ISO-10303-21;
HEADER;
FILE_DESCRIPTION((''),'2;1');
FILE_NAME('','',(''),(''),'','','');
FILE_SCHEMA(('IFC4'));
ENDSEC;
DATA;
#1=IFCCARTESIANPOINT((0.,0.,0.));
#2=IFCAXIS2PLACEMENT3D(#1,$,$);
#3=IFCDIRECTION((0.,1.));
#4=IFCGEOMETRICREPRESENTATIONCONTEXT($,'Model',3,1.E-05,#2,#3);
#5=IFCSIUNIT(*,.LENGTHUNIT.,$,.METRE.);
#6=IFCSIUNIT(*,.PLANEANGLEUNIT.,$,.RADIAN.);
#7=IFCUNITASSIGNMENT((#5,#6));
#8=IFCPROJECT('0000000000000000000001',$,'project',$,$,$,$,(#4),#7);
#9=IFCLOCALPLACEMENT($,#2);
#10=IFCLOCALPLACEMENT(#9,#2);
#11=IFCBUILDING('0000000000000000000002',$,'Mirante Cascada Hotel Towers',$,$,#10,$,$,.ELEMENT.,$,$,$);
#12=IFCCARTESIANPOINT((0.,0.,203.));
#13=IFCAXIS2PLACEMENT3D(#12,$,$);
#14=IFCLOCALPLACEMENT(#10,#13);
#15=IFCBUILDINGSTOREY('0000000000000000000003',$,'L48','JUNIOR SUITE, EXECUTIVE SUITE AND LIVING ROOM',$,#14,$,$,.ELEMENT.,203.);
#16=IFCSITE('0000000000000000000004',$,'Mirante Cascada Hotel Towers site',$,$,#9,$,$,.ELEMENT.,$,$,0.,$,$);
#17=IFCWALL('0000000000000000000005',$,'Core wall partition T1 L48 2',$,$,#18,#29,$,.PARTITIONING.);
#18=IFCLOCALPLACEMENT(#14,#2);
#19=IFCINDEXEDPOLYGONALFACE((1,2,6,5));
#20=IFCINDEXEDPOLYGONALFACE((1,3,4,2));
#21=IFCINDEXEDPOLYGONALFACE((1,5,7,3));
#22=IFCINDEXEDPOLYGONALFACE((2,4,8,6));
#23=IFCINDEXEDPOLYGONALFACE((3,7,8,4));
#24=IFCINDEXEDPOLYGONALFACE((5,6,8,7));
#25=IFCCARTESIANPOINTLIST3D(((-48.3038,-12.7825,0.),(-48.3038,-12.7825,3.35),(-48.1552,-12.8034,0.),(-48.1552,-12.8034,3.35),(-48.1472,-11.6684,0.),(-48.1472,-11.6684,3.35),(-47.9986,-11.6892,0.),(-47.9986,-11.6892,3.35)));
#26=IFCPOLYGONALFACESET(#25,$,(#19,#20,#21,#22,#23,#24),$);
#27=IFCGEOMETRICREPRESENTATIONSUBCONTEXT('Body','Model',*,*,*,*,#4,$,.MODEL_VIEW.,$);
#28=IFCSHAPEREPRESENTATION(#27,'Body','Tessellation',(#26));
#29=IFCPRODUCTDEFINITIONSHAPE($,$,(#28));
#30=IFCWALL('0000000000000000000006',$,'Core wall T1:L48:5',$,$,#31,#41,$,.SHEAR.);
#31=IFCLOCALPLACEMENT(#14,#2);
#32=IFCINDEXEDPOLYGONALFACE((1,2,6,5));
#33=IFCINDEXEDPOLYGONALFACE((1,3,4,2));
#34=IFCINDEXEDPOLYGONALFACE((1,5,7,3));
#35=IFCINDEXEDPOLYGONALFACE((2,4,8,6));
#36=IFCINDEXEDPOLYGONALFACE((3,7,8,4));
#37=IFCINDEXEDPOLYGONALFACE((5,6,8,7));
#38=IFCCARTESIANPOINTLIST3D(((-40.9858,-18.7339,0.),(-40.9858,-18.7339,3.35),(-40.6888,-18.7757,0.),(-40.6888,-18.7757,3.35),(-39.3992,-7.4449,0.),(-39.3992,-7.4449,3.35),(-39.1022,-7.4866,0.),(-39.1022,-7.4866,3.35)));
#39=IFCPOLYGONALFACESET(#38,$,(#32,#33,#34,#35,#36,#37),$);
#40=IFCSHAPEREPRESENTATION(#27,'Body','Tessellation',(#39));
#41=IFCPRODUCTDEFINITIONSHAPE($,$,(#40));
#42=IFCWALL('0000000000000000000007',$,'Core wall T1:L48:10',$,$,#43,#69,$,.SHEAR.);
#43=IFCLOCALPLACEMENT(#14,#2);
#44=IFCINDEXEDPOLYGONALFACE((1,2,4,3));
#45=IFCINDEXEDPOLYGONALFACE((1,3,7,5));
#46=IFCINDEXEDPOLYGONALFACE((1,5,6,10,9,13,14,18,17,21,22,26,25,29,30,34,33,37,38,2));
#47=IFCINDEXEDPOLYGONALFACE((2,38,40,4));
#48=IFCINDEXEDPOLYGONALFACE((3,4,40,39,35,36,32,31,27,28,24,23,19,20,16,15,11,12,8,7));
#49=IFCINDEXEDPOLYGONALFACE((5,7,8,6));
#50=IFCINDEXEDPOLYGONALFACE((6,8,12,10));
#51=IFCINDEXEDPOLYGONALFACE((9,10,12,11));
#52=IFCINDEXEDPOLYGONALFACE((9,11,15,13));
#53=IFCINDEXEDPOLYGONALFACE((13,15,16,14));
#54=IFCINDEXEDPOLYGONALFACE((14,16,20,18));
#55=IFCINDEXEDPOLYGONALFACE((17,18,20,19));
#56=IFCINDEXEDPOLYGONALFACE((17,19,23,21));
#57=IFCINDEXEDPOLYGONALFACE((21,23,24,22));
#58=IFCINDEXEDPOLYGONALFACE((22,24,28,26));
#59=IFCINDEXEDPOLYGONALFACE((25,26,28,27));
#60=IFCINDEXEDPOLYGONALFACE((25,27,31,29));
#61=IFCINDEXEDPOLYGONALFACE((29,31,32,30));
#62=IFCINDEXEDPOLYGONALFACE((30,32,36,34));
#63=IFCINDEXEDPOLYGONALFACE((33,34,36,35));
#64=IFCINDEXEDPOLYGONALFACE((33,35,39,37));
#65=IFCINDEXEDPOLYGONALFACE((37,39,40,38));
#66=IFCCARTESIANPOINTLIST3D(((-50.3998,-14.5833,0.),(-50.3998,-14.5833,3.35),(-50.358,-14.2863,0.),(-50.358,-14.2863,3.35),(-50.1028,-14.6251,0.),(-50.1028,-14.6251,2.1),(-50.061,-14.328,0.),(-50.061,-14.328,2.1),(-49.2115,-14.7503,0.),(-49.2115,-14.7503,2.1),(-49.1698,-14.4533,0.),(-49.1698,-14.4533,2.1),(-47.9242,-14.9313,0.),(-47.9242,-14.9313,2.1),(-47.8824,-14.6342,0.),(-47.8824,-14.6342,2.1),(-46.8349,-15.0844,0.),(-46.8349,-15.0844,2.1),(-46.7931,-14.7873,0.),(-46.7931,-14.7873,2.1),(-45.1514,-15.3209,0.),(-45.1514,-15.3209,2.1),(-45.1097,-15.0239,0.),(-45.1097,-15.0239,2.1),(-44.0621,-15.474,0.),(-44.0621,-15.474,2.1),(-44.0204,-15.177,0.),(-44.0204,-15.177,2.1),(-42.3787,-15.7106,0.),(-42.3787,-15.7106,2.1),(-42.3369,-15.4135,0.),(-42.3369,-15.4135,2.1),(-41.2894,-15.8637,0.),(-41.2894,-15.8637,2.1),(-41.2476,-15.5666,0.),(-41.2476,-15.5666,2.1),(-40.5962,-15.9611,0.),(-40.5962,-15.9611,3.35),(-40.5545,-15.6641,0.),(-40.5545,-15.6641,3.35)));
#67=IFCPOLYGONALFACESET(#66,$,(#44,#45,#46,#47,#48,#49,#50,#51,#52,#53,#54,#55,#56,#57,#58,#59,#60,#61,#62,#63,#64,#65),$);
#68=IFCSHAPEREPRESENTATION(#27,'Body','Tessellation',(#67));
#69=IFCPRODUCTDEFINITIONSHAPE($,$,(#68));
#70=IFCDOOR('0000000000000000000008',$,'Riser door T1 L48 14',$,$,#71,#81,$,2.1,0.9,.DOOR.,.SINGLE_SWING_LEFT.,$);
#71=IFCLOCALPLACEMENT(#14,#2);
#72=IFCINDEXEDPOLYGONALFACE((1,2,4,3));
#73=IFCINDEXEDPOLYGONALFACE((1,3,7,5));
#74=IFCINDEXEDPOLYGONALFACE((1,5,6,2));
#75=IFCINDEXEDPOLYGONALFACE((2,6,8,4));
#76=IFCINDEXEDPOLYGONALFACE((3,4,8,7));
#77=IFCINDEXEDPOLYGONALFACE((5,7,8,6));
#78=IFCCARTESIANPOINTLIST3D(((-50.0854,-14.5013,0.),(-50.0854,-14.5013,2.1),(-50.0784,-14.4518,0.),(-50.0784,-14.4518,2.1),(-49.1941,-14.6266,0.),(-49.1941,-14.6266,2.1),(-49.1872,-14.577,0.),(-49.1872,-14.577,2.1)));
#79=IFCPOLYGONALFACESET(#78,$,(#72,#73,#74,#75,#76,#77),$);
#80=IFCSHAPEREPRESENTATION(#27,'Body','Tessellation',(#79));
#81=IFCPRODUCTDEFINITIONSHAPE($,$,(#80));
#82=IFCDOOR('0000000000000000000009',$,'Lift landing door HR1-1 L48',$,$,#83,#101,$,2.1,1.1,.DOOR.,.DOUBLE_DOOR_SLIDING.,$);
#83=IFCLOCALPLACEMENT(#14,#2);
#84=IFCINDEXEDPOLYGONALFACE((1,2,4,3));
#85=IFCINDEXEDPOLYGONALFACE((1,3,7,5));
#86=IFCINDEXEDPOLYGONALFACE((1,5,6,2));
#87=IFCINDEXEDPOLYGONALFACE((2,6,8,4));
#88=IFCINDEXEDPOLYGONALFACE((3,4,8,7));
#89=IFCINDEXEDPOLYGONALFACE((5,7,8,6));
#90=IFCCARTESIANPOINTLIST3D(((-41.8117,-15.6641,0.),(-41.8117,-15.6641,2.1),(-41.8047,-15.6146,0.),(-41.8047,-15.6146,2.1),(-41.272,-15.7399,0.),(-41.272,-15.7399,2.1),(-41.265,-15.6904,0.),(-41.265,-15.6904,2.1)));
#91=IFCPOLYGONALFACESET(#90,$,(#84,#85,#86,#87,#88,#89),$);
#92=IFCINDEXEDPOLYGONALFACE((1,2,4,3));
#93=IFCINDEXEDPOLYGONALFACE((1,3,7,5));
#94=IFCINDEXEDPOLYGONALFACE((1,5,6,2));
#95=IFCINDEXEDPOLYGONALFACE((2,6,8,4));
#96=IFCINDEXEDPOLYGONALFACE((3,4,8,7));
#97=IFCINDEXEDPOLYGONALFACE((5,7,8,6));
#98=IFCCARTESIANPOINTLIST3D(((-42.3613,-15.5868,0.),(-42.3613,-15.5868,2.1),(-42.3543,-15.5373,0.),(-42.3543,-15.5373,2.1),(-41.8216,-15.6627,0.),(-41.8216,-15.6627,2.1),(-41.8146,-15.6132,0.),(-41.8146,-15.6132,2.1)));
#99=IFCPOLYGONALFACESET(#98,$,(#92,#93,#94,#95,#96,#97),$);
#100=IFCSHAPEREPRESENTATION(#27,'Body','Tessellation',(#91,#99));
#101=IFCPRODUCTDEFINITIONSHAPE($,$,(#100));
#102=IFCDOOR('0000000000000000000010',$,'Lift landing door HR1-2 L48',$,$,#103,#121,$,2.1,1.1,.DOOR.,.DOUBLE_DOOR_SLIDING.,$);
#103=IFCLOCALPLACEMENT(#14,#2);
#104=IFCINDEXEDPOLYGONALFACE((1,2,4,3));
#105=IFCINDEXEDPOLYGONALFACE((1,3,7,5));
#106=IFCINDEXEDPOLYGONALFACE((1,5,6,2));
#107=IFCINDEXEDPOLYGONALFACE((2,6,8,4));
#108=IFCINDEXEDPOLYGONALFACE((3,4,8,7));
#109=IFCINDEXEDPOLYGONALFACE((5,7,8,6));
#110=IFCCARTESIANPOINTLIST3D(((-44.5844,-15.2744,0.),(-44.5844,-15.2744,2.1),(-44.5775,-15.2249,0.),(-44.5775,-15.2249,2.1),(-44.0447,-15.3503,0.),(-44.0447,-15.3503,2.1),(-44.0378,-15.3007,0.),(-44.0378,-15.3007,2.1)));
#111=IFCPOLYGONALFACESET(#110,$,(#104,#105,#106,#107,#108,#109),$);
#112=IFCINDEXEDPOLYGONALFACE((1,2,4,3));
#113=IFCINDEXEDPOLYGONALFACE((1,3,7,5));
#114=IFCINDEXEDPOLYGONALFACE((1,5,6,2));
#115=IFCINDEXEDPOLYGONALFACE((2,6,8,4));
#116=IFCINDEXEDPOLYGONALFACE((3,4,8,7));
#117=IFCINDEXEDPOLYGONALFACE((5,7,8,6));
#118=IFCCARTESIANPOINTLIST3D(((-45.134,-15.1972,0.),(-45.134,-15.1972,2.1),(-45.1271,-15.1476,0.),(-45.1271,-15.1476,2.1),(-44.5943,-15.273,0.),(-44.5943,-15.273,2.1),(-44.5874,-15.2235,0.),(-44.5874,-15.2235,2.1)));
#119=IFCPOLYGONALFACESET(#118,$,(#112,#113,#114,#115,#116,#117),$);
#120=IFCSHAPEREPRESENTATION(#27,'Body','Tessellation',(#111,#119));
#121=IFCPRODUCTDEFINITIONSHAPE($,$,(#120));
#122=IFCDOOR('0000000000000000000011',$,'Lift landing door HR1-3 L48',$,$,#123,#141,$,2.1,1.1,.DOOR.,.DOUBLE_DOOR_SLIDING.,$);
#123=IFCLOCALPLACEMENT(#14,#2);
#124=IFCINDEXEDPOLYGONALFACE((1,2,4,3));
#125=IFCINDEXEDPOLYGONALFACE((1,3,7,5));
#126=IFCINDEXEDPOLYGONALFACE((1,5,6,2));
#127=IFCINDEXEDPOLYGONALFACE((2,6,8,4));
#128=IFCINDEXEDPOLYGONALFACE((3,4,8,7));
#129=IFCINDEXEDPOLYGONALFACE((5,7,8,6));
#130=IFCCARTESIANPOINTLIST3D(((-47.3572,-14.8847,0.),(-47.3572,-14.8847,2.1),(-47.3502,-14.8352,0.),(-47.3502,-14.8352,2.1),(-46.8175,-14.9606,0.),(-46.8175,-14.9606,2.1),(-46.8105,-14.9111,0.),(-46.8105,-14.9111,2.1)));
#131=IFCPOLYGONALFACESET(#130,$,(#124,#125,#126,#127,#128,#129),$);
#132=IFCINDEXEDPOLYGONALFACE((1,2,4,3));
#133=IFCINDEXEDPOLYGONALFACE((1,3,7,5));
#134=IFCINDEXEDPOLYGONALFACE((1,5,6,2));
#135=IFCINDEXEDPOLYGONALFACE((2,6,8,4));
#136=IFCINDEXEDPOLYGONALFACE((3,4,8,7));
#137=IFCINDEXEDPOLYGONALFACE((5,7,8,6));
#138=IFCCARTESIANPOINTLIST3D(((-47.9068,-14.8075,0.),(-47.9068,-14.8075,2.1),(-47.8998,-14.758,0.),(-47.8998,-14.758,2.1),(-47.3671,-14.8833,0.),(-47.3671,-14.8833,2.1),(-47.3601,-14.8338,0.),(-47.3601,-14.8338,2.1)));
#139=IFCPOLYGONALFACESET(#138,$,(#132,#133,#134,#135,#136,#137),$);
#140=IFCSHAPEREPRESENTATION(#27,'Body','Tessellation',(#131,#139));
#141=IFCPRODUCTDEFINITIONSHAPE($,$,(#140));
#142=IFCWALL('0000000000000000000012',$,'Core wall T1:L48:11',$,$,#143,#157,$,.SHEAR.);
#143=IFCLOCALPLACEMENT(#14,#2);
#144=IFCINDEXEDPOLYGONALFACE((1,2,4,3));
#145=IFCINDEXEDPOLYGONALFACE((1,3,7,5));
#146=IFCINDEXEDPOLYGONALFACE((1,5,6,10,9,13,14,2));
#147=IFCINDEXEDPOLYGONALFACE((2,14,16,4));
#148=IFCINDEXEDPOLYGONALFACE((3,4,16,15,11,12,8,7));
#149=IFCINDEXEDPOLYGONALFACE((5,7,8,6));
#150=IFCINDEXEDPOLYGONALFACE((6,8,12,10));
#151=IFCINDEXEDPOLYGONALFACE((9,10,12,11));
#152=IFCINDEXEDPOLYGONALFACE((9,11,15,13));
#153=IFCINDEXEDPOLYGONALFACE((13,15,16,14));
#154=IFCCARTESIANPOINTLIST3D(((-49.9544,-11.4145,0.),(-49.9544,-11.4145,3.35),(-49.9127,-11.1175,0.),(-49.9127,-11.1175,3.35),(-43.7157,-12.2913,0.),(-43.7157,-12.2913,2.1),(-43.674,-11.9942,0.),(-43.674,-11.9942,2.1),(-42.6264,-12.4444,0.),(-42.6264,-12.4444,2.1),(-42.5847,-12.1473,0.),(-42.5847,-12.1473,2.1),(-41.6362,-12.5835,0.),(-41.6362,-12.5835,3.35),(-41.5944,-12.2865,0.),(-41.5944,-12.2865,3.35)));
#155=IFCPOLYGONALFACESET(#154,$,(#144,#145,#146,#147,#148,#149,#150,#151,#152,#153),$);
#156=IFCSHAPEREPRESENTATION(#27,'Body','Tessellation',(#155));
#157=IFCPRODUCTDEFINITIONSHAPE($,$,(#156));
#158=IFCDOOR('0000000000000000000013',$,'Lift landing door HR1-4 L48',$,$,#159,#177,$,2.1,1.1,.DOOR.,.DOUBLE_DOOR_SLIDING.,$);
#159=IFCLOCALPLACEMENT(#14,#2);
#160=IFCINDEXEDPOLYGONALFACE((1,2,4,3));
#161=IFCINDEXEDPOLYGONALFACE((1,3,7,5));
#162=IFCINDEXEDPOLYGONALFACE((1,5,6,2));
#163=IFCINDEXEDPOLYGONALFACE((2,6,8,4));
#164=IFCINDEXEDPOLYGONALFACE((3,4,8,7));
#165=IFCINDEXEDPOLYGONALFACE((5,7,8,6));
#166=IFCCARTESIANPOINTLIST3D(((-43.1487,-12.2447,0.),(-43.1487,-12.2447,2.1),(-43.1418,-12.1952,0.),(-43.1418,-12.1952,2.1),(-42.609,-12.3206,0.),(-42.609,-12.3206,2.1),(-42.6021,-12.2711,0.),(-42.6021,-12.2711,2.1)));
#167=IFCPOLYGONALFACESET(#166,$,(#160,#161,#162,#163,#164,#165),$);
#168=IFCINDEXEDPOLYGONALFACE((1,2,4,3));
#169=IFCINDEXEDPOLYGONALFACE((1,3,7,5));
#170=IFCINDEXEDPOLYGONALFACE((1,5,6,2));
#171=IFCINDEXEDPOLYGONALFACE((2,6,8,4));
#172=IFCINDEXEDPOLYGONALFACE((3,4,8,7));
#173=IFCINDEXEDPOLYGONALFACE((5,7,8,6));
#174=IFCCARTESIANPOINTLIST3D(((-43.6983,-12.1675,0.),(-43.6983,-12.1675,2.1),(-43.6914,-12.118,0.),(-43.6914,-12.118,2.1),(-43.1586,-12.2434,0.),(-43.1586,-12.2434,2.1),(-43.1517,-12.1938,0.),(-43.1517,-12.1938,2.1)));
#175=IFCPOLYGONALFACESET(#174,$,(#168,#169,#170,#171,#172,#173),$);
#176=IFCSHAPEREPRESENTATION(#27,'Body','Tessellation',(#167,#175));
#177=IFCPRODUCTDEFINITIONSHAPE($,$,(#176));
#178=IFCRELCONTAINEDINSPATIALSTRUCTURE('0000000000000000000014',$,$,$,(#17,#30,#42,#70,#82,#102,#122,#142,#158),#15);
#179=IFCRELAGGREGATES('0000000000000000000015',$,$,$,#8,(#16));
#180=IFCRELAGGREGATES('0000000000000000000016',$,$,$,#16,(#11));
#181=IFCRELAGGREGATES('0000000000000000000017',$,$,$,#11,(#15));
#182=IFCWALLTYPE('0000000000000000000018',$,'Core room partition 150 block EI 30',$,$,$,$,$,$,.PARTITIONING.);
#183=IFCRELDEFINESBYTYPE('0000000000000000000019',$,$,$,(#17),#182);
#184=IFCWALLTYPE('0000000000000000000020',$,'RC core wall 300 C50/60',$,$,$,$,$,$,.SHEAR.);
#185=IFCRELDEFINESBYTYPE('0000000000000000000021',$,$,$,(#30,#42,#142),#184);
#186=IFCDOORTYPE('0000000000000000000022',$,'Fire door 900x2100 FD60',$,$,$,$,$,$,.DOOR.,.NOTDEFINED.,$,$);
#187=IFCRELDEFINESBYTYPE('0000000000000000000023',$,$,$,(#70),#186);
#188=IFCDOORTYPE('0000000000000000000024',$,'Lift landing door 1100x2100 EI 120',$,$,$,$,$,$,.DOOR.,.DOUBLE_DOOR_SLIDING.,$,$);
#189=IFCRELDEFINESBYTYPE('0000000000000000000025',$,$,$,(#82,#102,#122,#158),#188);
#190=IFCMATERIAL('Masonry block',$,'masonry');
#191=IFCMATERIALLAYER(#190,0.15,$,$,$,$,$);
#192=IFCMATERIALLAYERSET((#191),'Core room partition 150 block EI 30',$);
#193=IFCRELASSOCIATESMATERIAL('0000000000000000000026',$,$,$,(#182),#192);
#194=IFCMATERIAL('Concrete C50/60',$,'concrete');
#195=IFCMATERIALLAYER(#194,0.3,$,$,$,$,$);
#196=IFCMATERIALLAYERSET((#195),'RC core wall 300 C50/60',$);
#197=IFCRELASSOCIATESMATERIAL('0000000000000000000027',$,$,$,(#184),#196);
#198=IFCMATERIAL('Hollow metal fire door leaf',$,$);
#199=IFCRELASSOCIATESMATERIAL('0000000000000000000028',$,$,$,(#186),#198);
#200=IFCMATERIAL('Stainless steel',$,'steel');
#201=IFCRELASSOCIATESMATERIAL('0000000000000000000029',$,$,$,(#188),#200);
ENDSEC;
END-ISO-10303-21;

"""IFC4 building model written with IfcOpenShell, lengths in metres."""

from ifc_helpers import new_model, si_unit, direction, frame, frame_2d, origin, place, context, subcontext, project, spatial, rectangle, extrude, material, layer, layer_set, type_object, element, fill, save


model = new_model("IFC4")

# Units and contexts
model_context = context("Model", 3, precision=1e-05, world=origin(), true_north=direction((0.0, 1.0)))
body_context = subcontext(model_context, "Body", "Model", "MODEL_VIEW")
ifc_project = project(units=[si_unit("LENGTHUNIT", "METRE"), si_unit("PLANEANGLEUNIT", "RADIAN")], contexts=[model_context])

# Site, building, storey
site_placement = place(None, origin())
site = spatial("IfcSite", under=ifc_project, at=site_placement, Name="Mirante Cascada Hotel Towers site", CompositionType="ELEMENT", RefElevation=0.0)
building_placement = place(site_placement, origin())
building = spatial("IfcBuilding", under=site, at=building_placement, Name="Mirante Cascada Hotel Towers", CompositionType="ELEMENT")
storey_placement = place(building_placement, frame((0.0, 0.0, 203.0)))
storey = spatial("IfcBuildingStorey", under=building, at=storey_placement, Name="L48", Description="JUNIOR SUITE, EXECUTIVE SUITE AND LIVING ROOM", CompositionType="ELEMENT", Elevation=203.0)

# Walls
ifc_material_1 = material(Name="Masonry block", Category="masonry")
ifc_layer_1 = layer(ifc_material_1, 0.15)
ifc_layer_set_1 = layer_set([ifc_layer_1], Name="Core room partition 150 block EI 30")
wall_type_1 = type_object("IfcWallType", Name="Core room partition 150 block EI 30", PredefinedType="PARTITIONING", material=ifc_layer_set_1)
wall_1_placement = place(storey_placement, frame((-48.2295, -12.793, 0.0), z_axis=(0.0, 0.0, 1.0), x_axis=(0.139193, 0.990265, 0.0)))
element("IfcWall", 1, at=wall_1_placement, inside=storey, type_object=wall_type_1, Name="Core wall partition T1 L48 2", PredefinedType="PARTITIONING", context=body_context, shape_type="SweptSolid", body=[
    extrude(rectangle(XDim=1.1251, YDim=0.15, at=frame_2d((0.5626, 0.0))), origin(), (0.0, 0.0, 1.0), 3.35),
])
ifc_material_2 = material(Name="Concrete C50/60", Category="concrete")
ifc_layer_2 = layer(ifc_material_2, 0.3)
ifc_layer_set_2 = layer_set([ifc_layer_2], Name="RC core wall 300 C50/60")
wall_type_2 = type_object("IfcWallType", Name="RC core wall 300 C50/60", PredefinedType="SHEAR", material=ifc_layer_set_2)
wall_2_placement = place(storey_placement, frame((-40.8373, -18.7548, 0.0), z_axis=(0.0, 0.0, 1.0), x_axis=(0.139175, 0.990268, 0.0)))
element("IfcWall", 2, at=wall_2_placement, inside=storey, type_object=wall_type_2, Name="Core wall T1:L48:5", PredefinedType="SHEAR", context=body_context, shape_type="SweptSolid", body=[
    extrude(rectangle(XDim=11.4, YDim=0.3, at=frame_2d((5.7, 0.0))), origin(), (0.0, 0.0, 1.0), 3.35),
])

# Wall, openings, doors
wall_3_placement = place(storey_placement, frame((-40.5753, -15.8126, 0.0), z_axis=(0.0, 0.0, 1.0), x_axis=(-0.990268, 0.139173, 0.0)))
wall_3 = element("IfcWall", 3, at=wall_3_placement, inside=storey, type_object=wall_type_2, Name="Core wall T1:L48:10", PredefinedType="SHEAR", context=body_context, shape_type="SweptSolid", body=[
    extrude(rectangle(XDim=9.8999, YDim=0.3, at=frame_2d((4.95, 0.0))), origin(), (0.0, 0.0, 1.0), 3.35),
])
opening_1_placement = place(wall_3_placement, frame((0.7, 0.0, 0.0)))
opening_1 = element("IfcOpeningElement", 4, at=opening_1_placement, cuts=wall_3, PredefinedType="OPENING", context=body_context, shape_type="SweptSolid", body=[
    extrude(rectangle(XDim=1.1, YDim=2.1, at=frame_2d((0.55, 1.05))), frame((0.0, 0.15, 0.0), z_axis=(0.0, -1.0, 0.0), x_axis=(1.0, 0.0, 0.0)), (0.0, 0.0, 1.0), 0.3),
])
opening_2_placement = place(wall_3_placement, frame((3.5, 0.0, 0.0)))
opening_2 = element("IfcOpeningElement", 5, at=opening_2_placement, cuts=wall_3, PredefinedType="OPENING", context=body_context, shape_type="SweptSolid", body=[
    extrude(rectangle(XDim=1.1, YDim=2.1, at=frame_2d((0.55, 1.05))), frame((0.0, 0.15, 0.0), z_axis=(0.0, -1.0, 0.0), x_axis=(1.0, 0.0, 0.0)), (0.0, 0.0, 1.0), 0.3),
])
opening_3_placement = place(wall_3_placement, frame((6.3, 0.0, 0.0)))
opening_3 = element("IfcOpeningElement", 6, at=opening_3_placement, cuts=wall_3, PredefinedType="OPENING", context=body_context, shape_type="SweptSolid", body=[
    extrude(rectangle(XDim=1.1, YDim=2.1, at=frame_2d((0.55, 1.05))), frame((0.0, 0.15, 0.0), z_axis=(0.0, -1.0, 0.0), x_axis=(1.0, 0.0, 0.0)), (0.0, 0.0, 1.0), 0.3),
])
opening_4_placement = place(wall_3_placement, frame((8.7, 0.0, 0.0)))
opening_4 = element("IfcOpeningElement", 7, at=opening_4_placement, cuts=wall_3, PredefinedType="OPENING", context=body_context, shape_type="SweptSolid", body=[
    extrude(rectangle(XDim=0.9, YDim=2.1, at=frame_2d((0.45, 1.05))), frame((0.0, 0.15, 0.0), z_axis=(0.0, -1.0, 0.0), x_axis=(1.0, 0.0, 0.0)), (0.0, 0.0, 1.0), 0.3),
])
ifc_material_3 = material(Name="Hollow metal fire door leaf")
door_type_1 = type_object("IfcDoorType", Name="Fire door 900x2100 FD60", OperationType="NOTDEFINED", PredefinedType="DOOR", material=ifc_material_3)
door_1_placement = place(opening_4_placement, origin())
door_1 = element("IfcDoor", 8, at=door_1_placement, inside=storey, type_object=door_type_1, Name="Riser door T1 L48 14", OperationType="SINGLE_SWING_LEFT", OverallHeight=2.1, OverallWidth=0.9, PredefinedType="DOOR", context=body_context, shape_type="SweptSolid", body=[
    extrude(rectangle(XDim=0.9, YDim=2.1, at=frame_2d((0.45, 1.05))), frame((0.0, 0.025, 0.0), z_axis=(0.0, -1.0, 0.0), x_axis=(1.0, 0.0, 0.0)), (0.0, 0.0, 1.0), 0.05),
])
fill(opening_4, door_1)
ifc_material_4 = material(Name="Stainless steel", Category="steel")
door_type_2 = type_object("IfcDoorType", Name="Lift landing door 1100x2100 EI 120", OperationType="DOUBLE_DOOR_SLIDING", PredefinedType="DOOR", material=ifc_material_4)
door_2_placement = place(opening_1_placement, origin())
door_2 = element("IfcDoor", 9, at=door_2_placement, inside=storey, type_object=door_type_2, Name="Lift landing door HR1-1 L48", OperationType="DOUBLE_DOOR_SLIDING", OverallHeight=2.1, OverallWidth=1.1, PredefinedType="DOOR", context=body_context, shape_type="SweptSolid", body=[
    extrude(rectangle(XDim=0.545, YDim=2.1, at=frame_2d((0.2725, 1.05))), frame((0.0, 0.025, 0.0), z_axis=(0.0, -1.0, 0.0), x_axis=(1.0, 0.0, 0.0)), (0.0, 0.0, 1.0), 0.05),
    extrude(rectangle(XDim=0.545, YDim=2.1, at=frame_2d((0.8275, 1.05))), frame((0.0, 0.025, 0.0), z_axis=(0.0, -1.0, 0.0), x_axis=(1.0, 0.0, 0.0)), (0.0, 0.0, 1.0), 0.05),
])
fill(opening_1, door_2)
door_3_placement = place(opening_2_placement, origin())
door_3 = element("IfcDoor", 10, at=door_3_placement, inside=storey, type_object=door_type_2, Name="Lift landing door HR1-2 L48", OperationType="DOUBLE_DOOR_SLIDING", OverallHeight=2.1, OverallWidth=1.1, PredefinedType="DOOR", context=body_context, shape_type="SweptSolid", body=[
    extrude(rectangle(XDim=0.545, YDim=2.1, at=frame_2d((0.2725, 1.05))), frame((0.0, 0.025, 0.0), z_axis=(0.0, -1.0, 0.0), x_axis=(1.0, 0.0, 0.0)), (0.0, 0.0, 1.0), 0.05),
    extrude(rectangle(XDim=0.545, YDim=2.1, at=frame_2d((0.8275, 1.05))), frame((0.0, 0.025, 0.0), z_axis=(0.0, -1.0, 0.0), x_axis=(1.0, 0.0, 0.0)), (0.0, 0.0, 1.0), 0.05),
])
fill(opening_2, door_3)
door_4_placement = place(opening_3_placement, origin())
door_4 = element("IfcDoor", 11, at=door_4_placement, inside=storey, type_object=door_type_2, Name="Lift landing door HR1-3 L48", OperationType="DOUBLE_DOOR_SLIDING", OverallHeight=2.1, OverallWidth=1.1, PredefinedType="DOOR", context=body_context, shape_type="SweptSolid", body=[
    extrude(rectangle(XDim=0.545, YDim=2.1, at=frame_2d((0.2725, 1.05))), frame((0.0, 0.025, 0.0), z_axis=(0.0, -1.0, 0.0), x_axis=(1.0, 0.0, 0.0)), (0.0, 0.0, 1.0), 0.05),
    extrude(rectangle(XDim=0.545, YDim=2.1, at=frame_2d((0.8275, 1.05))), frame((0.0, 0.025, 0.0), z_axis=(0.0, -1.0, 0.0), x_axis=(1.0, 0.0, 0.0)), (0.0, 0.0, 1.0), 0.05),
])
fill(opening_3, door_4)

# Wall, opening, door
wall_4_placement = place(storey_placement, frame((-41.6153, -12.435, 0.0), z_axis=(0.0, 0.0, 1.0), x_axis=(-0.990269, 0.139166, 0.0)))
wall_4 = element("IfcWall", 12, at=wall_4_placement, inside=storey, type_object=wall_type_2, Name="Core wall T1:L48:11", PredefinedType="SHEAR", context=body_context, shape_type="SweptSolid", body=[
    extrude(rectangle(XDim=8.4, YDim=0.3, at=frame_2d((4.2, 0.0))), origin(), (0.0, 0.0, 1.0), 3.35),
])
opening_5_placement = place(wall_4_placement, frame((1.0, 0.0, 0.0)))
opening_5 = element("IfcOpeningElement", 13, at=opening_5_placement, cuts=wall_4, PredefinedType="OPENING", context=body_context, shape_type="SweptSolid", body=[
    extrude(rectangle(XDim=1.1, YDim=2.1, at=frame_2d((0.55, 1.05))), frame((0.0, 0.15, 0.0), z_axis=(0.0, -1.0, 0.0), x_axis=(1.0, 0.0, 0.0)), (0.0, 0.0, 1.0), 0.3),
])
door_5_placement = place(opening_5_placement, origin())
door_5 = element("IfcDoor", 14, at=door_5_placement, inside=storey, type_object=door_type_2, Name="Lift landing door HR1-4 L48", OperationType="DOUBLE_DOOR_SLIDING", OverallHeight=2.1, OverallWidth=1.1, PredefinedType="DOOR", context=body_context, shape_type="SweptSolid", body=[
    extrude(rectangle(XDim=0.545, YDim=2.1, at=frame_2d((0.2725, 1.05))), frame((0.0, 0.025, 0.0), z_axis=(0.0, -1.0, 0.0), x_axis=(1.0, 0.0, 0.0)), (0.0, 0.0, 1.0), 0.05),
    extrude(rectangle(XDim=0.545, YDim=2.1, at=frame_2d((0.8275, 1.05))), frame((0.0, 0.025, 0.0), z_axis=(0.0, -1.0, 0.0), x_axis=(1.0, 0.0, 0.0)), (0.0, 0.0, 1.0), 0.05),
])
fill(opening_5, door_5)

save(model, "model.ifc")
